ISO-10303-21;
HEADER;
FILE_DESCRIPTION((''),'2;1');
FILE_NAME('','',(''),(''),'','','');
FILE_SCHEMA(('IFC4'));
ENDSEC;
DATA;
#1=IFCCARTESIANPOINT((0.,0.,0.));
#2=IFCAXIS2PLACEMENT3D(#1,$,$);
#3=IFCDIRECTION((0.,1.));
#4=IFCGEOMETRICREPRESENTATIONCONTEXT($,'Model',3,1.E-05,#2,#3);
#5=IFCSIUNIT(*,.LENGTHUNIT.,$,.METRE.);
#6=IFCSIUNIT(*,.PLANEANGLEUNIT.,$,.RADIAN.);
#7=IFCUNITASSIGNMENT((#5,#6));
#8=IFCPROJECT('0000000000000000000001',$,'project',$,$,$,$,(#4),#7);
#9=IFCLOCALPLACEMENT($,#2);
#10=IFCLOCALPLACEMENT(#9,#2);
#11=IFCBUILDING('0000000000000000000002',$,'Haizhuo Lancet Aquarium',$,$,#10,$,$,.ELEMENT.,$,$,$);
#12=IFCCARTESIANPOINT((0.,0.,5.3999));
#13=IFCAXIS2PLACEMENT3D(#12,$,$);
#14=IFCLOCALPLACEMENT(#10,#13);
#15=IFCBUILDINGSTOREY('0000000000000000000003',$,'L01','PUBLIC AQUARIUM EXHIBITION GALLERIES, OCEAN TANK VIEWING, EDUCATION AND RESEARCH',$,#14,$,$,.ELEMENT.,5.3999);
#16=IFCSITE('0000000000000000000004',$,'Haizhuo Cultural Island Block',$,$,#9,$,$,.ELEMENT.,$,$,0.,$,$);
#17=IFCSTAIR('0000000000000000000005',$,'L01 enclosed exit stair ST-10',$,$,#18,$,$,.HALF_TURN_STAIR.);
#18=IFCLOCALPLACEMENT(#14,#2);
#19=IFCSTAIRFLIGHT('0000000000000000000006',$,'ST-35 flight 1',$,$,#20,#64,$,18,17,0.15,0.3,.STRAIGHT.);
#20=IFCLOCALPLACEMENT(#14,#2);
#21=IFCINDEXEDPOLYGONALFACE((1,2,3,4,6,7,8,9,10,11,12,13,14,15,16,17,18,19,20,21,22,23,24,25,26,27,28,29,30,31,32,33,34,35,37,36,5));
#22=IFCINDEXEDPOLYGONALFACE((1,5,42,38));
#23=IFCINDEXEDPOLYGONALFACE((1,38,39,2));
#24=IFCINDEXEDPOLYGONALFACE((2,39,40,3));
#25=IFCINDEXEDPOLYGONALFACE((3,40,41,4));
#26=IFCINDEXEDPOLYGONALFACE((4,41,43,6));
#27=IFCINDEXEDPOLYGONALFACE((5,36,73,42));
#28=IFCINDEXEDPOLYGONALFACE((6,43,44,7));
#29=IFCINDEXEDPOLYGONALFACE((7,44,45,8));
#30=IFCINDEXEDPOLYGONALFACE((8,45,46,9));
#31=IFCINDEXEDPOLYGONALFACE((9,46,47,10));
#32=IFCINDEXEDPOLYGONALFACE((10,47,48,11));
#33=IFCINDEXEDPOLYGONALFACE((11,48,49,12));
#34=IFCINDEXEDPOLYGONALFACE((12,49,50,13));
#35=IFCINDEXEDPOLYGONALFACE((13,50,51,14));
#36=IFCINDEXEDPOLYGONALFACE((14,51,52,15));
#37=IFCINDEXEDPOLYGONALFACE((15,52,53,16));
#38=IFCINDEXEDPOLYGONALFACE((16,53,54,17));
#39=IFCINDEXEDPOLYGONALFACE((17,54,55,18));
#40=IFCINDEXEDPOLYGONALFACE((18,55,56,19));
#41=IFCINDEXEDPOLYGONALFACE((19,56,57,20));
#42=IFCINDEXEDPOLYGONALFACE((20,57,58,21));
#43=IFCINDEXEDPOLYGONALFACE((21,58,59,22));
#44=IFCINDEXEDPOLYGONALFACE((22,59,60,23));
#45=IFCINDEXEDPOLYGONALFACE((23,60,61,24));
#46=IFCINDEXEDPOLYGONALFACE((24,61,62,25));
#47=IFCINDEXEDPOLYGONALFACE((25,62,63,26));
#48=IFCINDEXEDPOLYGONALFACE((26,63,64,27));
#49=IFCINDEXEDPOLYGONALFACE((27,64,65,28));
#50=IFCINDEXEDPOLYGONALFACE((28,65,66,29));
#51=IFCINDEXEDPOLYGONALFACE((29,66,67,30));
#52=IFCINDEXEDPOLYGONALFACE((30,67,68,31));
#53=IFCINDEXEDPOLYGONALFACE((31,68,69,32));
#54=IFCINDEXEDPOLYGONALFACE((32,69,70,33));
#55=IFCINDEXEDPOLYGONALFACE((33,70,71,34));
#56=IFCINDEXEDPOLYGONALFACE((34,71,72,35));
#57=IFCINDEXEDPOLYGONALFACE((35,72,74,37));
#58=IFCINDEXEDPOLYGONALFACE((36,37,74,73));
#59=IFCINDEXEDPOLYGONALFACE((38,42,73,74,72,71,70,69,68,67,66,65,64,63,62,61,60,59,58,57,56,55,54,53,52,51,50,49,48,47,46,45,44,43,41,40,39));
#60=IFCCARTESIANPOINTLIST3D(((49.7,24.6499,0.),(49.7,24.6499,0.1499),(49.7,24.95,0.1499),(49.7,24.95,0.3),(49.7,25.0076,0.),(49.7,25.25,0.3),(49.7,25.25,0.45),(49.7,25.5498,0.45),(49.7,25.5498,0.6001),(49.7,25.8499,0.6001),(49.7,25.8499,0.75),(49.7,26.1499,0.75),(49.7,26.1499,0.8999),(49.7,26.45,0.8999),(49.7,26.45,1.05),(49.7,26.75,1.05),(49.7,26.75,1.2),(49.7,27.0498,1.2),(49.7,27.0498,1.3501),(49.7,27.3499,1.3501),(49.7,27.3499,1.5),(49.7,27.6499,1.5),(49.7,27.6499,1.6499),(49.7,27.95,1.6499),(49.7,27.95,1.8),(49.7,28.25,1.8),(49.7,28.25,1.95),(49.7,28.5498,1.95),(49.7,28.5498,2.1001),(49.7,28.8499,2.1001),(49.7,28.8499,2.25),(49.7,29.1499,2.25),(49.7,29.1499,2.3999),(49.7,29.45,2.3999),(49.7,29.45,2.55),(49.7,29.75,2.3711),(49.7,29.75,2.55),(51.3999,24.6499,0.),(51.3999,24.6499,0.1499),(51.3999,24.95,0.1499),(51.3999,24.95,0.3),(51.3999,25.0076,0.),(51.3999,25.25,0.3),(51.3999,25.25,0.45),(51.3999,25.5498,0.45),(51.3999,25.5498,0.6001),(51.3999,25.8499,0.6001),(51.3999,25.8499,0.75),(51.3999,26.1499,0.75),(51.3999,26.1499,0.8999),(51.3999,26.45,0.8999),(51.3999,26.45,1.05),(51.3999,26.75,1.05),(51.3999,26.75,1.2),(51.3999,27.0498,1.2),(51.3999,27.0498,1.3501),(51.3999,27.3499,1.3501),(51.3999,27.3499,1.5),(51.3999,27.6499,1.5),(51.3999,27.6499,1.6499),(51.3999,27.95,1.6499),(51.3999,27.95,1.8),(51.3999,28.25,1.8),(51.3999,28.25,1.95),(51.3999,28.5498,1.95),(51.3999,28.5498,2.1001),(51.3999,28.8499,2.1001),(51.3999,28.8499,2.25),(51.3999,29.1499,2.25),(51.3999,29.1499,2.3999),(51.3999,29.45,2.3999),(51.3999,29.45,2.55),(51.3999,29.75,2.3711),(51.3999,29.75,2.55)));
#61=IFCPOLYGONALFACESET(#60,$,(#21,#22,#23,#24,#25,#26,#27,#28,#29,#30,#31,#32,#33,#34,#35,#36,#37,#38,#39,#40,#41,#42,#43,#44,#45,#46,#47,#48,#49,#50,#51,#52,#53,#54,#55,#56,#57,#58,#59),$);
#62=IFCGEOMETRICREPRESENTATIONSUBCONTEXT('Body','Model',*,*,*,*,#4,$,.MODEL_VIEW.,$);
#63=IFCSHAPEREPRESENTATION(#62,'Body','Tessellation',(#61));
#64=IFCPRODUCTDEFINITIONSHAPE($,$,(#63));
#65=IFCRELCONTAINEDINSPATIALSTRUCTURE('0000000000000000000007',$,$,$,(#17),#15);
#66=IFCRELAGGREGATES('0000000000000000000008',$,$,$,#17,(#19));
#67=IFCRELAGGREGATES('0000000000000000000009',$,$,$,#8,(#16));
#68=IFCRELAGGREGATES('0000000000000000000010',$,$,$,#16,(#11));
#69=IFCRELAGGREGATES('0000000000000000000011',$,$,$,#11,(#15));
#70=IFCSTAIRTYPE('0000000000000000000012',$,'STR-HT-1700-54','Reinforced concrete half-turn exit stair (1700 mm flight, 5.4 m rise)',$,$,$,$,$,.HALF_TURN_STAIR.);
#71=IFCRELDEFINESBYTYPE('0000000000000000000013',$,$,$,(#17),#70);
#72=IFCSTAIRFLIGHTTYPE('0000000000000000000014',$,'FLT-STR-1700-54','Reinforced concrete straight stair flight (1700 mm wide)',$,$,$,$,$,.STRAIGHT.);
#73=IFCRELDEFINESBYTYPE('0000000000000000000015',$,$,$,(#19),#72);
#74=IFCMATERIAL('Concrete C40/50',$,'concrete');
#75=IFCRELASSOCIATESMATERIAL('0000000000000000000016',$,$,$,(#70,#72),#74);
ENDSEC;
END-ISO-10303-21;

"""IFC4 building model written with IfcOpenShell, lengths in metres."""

from ifc_helpers import new_model, si_unit, direction, frame, origin, place, context, subcontext, project, spatial, polyline, outline, extrude, material, type_object, element, aggregate, save


model = new_model("IFC4")

# Units and contexts
model_context = context("Model", 3, precision=1e-05, world=origin(), true_north=direction((0.0, 1.0)))
body_context = subcontext(model_context, "Body", "Model", "MODEL_VIEW")
ifc_project = project(units=[si_unit("LENGTHUNIT", "METRE"), si_unit("PLANEANGLEUNIT", "RADIAN")], contexts=[model_context])

# Site, building, storey
site_placement = place(None, origin())
site = spatial("IfcSite", under=ifc_project, at=site_placement, Name="Haizhuo Cultural Island Block", CompositionType="ELEMENT", RefElevation=0.0)
building_placement = place(site_placement, origin())
building = spatial("IfcBuilding", under=site, at=building_placement, Name="Haizhuo Lancet Aquarium", CompositionType="ELEMENT")
storey_placement = place(building_placement, frame((0.0, 0.0, 5.3999)))
storey = spatial("IfcBuildingStorey", under=building, at=storey_placement, Name="L01", Description="PUBLIC AQUARIUM EXHIBITION GALLERIES, OCEAN TANK VIEWING, EDUCATION AND RESEARCH", CompositionType="ELEMENT", Elevation=5.3999)

# Shared definitions
ifc_material_1 = material(Name="Concrete C40/50", Category="concrete")

# Stair, stair flight
stair_type = type_object("IfcStairType", Name="STR-HT-1700-54", Description="Reinforced concrete half-turn exit stair (1700 mm flight, 5.4 m rise)", PredefinedType="HALF_TURN_STAIR", material=ifc_material_1)
stair_placement = place(storey_placement, origin())
stair = element("IfcStair", 1, at=stair_placement, inside=storey, type_object=stair_type, Name="L01 enclosed exit stair ST-10", PredefinedType="HALF_TURN_STAIR")
stair_flight_type = type_object("IfcStairFlightType", Name="FLT-STR-1700-54", Description="Reinforced concrete straight stair flight (1700 mm wide)", PredefinedType="STRAIGHT", material=ifc_material_1)
stair_flight_placement = place(storey_placement, frame((50.55, 24.6499, 0.0), z_axis=(0.0, 0.0, 1.0), x_axis=(0.0, 1.0, 0.0)))
stair_flight = element("IfcStairFlight", 2, at=stair_flight_placement, type_object=stair_flight_type, Name="ST-35 flight 1", NumberOfRisers=18, NumberOfTreads=17, PredefinedType="STRAIGHT", RiserHeight=0.15, TreadLength=0.3, context=body_context, shape_type="SweptSolid", body=[
    extrude(outline(polyline([(0.0, 0.0), (0.0, 0.1499), (0.3, 0.1499), (0.3, 0.3), (0.6001, 0.3), (0.6001, 0.45), (0.8999, 0.45), (0.8999, 0.6001), (1.2, 0.6001), (1.2, 0.75), (1.5, 0.75), (1.5, 0.8999), (1.8, 0.8999), (1.8, 1.05), (2.1001, 1.05), (2.1001, 1.2), (2.3999, 1.2), (2.3999, 1.3501), (2.7, 1.3501), (2.7, 1.5), (3.0, 1.5), (3.0, 1.6499), (3.3, 1.6499), (3.3, 1.8), (3.6001, 1.8), (3.6001, 1.95), (3.8999, 1.95), (3.8999, 2.1001), (4.2, 2.1001), (4.2, 2.25), (4.5, 2.25), (4.5, 2.3999), (4.8, 2.3999), (4.8, 2.55), (5.1001, 2.55), (5.1001, 2.7), (5.1001, 2.3711), (0.3577, 0.0), (0.0, 0.0)])), frame((0.0, 0.8501, 0.0), z_axis=(0.0, -1.0, 0.0), x_axis=(1.0, 0.0, 0.0)), (0.0, 0.0, 1.0), 1.7),
])
aggregate(stair, [stair_flight])

save(model, "model.ifc")
